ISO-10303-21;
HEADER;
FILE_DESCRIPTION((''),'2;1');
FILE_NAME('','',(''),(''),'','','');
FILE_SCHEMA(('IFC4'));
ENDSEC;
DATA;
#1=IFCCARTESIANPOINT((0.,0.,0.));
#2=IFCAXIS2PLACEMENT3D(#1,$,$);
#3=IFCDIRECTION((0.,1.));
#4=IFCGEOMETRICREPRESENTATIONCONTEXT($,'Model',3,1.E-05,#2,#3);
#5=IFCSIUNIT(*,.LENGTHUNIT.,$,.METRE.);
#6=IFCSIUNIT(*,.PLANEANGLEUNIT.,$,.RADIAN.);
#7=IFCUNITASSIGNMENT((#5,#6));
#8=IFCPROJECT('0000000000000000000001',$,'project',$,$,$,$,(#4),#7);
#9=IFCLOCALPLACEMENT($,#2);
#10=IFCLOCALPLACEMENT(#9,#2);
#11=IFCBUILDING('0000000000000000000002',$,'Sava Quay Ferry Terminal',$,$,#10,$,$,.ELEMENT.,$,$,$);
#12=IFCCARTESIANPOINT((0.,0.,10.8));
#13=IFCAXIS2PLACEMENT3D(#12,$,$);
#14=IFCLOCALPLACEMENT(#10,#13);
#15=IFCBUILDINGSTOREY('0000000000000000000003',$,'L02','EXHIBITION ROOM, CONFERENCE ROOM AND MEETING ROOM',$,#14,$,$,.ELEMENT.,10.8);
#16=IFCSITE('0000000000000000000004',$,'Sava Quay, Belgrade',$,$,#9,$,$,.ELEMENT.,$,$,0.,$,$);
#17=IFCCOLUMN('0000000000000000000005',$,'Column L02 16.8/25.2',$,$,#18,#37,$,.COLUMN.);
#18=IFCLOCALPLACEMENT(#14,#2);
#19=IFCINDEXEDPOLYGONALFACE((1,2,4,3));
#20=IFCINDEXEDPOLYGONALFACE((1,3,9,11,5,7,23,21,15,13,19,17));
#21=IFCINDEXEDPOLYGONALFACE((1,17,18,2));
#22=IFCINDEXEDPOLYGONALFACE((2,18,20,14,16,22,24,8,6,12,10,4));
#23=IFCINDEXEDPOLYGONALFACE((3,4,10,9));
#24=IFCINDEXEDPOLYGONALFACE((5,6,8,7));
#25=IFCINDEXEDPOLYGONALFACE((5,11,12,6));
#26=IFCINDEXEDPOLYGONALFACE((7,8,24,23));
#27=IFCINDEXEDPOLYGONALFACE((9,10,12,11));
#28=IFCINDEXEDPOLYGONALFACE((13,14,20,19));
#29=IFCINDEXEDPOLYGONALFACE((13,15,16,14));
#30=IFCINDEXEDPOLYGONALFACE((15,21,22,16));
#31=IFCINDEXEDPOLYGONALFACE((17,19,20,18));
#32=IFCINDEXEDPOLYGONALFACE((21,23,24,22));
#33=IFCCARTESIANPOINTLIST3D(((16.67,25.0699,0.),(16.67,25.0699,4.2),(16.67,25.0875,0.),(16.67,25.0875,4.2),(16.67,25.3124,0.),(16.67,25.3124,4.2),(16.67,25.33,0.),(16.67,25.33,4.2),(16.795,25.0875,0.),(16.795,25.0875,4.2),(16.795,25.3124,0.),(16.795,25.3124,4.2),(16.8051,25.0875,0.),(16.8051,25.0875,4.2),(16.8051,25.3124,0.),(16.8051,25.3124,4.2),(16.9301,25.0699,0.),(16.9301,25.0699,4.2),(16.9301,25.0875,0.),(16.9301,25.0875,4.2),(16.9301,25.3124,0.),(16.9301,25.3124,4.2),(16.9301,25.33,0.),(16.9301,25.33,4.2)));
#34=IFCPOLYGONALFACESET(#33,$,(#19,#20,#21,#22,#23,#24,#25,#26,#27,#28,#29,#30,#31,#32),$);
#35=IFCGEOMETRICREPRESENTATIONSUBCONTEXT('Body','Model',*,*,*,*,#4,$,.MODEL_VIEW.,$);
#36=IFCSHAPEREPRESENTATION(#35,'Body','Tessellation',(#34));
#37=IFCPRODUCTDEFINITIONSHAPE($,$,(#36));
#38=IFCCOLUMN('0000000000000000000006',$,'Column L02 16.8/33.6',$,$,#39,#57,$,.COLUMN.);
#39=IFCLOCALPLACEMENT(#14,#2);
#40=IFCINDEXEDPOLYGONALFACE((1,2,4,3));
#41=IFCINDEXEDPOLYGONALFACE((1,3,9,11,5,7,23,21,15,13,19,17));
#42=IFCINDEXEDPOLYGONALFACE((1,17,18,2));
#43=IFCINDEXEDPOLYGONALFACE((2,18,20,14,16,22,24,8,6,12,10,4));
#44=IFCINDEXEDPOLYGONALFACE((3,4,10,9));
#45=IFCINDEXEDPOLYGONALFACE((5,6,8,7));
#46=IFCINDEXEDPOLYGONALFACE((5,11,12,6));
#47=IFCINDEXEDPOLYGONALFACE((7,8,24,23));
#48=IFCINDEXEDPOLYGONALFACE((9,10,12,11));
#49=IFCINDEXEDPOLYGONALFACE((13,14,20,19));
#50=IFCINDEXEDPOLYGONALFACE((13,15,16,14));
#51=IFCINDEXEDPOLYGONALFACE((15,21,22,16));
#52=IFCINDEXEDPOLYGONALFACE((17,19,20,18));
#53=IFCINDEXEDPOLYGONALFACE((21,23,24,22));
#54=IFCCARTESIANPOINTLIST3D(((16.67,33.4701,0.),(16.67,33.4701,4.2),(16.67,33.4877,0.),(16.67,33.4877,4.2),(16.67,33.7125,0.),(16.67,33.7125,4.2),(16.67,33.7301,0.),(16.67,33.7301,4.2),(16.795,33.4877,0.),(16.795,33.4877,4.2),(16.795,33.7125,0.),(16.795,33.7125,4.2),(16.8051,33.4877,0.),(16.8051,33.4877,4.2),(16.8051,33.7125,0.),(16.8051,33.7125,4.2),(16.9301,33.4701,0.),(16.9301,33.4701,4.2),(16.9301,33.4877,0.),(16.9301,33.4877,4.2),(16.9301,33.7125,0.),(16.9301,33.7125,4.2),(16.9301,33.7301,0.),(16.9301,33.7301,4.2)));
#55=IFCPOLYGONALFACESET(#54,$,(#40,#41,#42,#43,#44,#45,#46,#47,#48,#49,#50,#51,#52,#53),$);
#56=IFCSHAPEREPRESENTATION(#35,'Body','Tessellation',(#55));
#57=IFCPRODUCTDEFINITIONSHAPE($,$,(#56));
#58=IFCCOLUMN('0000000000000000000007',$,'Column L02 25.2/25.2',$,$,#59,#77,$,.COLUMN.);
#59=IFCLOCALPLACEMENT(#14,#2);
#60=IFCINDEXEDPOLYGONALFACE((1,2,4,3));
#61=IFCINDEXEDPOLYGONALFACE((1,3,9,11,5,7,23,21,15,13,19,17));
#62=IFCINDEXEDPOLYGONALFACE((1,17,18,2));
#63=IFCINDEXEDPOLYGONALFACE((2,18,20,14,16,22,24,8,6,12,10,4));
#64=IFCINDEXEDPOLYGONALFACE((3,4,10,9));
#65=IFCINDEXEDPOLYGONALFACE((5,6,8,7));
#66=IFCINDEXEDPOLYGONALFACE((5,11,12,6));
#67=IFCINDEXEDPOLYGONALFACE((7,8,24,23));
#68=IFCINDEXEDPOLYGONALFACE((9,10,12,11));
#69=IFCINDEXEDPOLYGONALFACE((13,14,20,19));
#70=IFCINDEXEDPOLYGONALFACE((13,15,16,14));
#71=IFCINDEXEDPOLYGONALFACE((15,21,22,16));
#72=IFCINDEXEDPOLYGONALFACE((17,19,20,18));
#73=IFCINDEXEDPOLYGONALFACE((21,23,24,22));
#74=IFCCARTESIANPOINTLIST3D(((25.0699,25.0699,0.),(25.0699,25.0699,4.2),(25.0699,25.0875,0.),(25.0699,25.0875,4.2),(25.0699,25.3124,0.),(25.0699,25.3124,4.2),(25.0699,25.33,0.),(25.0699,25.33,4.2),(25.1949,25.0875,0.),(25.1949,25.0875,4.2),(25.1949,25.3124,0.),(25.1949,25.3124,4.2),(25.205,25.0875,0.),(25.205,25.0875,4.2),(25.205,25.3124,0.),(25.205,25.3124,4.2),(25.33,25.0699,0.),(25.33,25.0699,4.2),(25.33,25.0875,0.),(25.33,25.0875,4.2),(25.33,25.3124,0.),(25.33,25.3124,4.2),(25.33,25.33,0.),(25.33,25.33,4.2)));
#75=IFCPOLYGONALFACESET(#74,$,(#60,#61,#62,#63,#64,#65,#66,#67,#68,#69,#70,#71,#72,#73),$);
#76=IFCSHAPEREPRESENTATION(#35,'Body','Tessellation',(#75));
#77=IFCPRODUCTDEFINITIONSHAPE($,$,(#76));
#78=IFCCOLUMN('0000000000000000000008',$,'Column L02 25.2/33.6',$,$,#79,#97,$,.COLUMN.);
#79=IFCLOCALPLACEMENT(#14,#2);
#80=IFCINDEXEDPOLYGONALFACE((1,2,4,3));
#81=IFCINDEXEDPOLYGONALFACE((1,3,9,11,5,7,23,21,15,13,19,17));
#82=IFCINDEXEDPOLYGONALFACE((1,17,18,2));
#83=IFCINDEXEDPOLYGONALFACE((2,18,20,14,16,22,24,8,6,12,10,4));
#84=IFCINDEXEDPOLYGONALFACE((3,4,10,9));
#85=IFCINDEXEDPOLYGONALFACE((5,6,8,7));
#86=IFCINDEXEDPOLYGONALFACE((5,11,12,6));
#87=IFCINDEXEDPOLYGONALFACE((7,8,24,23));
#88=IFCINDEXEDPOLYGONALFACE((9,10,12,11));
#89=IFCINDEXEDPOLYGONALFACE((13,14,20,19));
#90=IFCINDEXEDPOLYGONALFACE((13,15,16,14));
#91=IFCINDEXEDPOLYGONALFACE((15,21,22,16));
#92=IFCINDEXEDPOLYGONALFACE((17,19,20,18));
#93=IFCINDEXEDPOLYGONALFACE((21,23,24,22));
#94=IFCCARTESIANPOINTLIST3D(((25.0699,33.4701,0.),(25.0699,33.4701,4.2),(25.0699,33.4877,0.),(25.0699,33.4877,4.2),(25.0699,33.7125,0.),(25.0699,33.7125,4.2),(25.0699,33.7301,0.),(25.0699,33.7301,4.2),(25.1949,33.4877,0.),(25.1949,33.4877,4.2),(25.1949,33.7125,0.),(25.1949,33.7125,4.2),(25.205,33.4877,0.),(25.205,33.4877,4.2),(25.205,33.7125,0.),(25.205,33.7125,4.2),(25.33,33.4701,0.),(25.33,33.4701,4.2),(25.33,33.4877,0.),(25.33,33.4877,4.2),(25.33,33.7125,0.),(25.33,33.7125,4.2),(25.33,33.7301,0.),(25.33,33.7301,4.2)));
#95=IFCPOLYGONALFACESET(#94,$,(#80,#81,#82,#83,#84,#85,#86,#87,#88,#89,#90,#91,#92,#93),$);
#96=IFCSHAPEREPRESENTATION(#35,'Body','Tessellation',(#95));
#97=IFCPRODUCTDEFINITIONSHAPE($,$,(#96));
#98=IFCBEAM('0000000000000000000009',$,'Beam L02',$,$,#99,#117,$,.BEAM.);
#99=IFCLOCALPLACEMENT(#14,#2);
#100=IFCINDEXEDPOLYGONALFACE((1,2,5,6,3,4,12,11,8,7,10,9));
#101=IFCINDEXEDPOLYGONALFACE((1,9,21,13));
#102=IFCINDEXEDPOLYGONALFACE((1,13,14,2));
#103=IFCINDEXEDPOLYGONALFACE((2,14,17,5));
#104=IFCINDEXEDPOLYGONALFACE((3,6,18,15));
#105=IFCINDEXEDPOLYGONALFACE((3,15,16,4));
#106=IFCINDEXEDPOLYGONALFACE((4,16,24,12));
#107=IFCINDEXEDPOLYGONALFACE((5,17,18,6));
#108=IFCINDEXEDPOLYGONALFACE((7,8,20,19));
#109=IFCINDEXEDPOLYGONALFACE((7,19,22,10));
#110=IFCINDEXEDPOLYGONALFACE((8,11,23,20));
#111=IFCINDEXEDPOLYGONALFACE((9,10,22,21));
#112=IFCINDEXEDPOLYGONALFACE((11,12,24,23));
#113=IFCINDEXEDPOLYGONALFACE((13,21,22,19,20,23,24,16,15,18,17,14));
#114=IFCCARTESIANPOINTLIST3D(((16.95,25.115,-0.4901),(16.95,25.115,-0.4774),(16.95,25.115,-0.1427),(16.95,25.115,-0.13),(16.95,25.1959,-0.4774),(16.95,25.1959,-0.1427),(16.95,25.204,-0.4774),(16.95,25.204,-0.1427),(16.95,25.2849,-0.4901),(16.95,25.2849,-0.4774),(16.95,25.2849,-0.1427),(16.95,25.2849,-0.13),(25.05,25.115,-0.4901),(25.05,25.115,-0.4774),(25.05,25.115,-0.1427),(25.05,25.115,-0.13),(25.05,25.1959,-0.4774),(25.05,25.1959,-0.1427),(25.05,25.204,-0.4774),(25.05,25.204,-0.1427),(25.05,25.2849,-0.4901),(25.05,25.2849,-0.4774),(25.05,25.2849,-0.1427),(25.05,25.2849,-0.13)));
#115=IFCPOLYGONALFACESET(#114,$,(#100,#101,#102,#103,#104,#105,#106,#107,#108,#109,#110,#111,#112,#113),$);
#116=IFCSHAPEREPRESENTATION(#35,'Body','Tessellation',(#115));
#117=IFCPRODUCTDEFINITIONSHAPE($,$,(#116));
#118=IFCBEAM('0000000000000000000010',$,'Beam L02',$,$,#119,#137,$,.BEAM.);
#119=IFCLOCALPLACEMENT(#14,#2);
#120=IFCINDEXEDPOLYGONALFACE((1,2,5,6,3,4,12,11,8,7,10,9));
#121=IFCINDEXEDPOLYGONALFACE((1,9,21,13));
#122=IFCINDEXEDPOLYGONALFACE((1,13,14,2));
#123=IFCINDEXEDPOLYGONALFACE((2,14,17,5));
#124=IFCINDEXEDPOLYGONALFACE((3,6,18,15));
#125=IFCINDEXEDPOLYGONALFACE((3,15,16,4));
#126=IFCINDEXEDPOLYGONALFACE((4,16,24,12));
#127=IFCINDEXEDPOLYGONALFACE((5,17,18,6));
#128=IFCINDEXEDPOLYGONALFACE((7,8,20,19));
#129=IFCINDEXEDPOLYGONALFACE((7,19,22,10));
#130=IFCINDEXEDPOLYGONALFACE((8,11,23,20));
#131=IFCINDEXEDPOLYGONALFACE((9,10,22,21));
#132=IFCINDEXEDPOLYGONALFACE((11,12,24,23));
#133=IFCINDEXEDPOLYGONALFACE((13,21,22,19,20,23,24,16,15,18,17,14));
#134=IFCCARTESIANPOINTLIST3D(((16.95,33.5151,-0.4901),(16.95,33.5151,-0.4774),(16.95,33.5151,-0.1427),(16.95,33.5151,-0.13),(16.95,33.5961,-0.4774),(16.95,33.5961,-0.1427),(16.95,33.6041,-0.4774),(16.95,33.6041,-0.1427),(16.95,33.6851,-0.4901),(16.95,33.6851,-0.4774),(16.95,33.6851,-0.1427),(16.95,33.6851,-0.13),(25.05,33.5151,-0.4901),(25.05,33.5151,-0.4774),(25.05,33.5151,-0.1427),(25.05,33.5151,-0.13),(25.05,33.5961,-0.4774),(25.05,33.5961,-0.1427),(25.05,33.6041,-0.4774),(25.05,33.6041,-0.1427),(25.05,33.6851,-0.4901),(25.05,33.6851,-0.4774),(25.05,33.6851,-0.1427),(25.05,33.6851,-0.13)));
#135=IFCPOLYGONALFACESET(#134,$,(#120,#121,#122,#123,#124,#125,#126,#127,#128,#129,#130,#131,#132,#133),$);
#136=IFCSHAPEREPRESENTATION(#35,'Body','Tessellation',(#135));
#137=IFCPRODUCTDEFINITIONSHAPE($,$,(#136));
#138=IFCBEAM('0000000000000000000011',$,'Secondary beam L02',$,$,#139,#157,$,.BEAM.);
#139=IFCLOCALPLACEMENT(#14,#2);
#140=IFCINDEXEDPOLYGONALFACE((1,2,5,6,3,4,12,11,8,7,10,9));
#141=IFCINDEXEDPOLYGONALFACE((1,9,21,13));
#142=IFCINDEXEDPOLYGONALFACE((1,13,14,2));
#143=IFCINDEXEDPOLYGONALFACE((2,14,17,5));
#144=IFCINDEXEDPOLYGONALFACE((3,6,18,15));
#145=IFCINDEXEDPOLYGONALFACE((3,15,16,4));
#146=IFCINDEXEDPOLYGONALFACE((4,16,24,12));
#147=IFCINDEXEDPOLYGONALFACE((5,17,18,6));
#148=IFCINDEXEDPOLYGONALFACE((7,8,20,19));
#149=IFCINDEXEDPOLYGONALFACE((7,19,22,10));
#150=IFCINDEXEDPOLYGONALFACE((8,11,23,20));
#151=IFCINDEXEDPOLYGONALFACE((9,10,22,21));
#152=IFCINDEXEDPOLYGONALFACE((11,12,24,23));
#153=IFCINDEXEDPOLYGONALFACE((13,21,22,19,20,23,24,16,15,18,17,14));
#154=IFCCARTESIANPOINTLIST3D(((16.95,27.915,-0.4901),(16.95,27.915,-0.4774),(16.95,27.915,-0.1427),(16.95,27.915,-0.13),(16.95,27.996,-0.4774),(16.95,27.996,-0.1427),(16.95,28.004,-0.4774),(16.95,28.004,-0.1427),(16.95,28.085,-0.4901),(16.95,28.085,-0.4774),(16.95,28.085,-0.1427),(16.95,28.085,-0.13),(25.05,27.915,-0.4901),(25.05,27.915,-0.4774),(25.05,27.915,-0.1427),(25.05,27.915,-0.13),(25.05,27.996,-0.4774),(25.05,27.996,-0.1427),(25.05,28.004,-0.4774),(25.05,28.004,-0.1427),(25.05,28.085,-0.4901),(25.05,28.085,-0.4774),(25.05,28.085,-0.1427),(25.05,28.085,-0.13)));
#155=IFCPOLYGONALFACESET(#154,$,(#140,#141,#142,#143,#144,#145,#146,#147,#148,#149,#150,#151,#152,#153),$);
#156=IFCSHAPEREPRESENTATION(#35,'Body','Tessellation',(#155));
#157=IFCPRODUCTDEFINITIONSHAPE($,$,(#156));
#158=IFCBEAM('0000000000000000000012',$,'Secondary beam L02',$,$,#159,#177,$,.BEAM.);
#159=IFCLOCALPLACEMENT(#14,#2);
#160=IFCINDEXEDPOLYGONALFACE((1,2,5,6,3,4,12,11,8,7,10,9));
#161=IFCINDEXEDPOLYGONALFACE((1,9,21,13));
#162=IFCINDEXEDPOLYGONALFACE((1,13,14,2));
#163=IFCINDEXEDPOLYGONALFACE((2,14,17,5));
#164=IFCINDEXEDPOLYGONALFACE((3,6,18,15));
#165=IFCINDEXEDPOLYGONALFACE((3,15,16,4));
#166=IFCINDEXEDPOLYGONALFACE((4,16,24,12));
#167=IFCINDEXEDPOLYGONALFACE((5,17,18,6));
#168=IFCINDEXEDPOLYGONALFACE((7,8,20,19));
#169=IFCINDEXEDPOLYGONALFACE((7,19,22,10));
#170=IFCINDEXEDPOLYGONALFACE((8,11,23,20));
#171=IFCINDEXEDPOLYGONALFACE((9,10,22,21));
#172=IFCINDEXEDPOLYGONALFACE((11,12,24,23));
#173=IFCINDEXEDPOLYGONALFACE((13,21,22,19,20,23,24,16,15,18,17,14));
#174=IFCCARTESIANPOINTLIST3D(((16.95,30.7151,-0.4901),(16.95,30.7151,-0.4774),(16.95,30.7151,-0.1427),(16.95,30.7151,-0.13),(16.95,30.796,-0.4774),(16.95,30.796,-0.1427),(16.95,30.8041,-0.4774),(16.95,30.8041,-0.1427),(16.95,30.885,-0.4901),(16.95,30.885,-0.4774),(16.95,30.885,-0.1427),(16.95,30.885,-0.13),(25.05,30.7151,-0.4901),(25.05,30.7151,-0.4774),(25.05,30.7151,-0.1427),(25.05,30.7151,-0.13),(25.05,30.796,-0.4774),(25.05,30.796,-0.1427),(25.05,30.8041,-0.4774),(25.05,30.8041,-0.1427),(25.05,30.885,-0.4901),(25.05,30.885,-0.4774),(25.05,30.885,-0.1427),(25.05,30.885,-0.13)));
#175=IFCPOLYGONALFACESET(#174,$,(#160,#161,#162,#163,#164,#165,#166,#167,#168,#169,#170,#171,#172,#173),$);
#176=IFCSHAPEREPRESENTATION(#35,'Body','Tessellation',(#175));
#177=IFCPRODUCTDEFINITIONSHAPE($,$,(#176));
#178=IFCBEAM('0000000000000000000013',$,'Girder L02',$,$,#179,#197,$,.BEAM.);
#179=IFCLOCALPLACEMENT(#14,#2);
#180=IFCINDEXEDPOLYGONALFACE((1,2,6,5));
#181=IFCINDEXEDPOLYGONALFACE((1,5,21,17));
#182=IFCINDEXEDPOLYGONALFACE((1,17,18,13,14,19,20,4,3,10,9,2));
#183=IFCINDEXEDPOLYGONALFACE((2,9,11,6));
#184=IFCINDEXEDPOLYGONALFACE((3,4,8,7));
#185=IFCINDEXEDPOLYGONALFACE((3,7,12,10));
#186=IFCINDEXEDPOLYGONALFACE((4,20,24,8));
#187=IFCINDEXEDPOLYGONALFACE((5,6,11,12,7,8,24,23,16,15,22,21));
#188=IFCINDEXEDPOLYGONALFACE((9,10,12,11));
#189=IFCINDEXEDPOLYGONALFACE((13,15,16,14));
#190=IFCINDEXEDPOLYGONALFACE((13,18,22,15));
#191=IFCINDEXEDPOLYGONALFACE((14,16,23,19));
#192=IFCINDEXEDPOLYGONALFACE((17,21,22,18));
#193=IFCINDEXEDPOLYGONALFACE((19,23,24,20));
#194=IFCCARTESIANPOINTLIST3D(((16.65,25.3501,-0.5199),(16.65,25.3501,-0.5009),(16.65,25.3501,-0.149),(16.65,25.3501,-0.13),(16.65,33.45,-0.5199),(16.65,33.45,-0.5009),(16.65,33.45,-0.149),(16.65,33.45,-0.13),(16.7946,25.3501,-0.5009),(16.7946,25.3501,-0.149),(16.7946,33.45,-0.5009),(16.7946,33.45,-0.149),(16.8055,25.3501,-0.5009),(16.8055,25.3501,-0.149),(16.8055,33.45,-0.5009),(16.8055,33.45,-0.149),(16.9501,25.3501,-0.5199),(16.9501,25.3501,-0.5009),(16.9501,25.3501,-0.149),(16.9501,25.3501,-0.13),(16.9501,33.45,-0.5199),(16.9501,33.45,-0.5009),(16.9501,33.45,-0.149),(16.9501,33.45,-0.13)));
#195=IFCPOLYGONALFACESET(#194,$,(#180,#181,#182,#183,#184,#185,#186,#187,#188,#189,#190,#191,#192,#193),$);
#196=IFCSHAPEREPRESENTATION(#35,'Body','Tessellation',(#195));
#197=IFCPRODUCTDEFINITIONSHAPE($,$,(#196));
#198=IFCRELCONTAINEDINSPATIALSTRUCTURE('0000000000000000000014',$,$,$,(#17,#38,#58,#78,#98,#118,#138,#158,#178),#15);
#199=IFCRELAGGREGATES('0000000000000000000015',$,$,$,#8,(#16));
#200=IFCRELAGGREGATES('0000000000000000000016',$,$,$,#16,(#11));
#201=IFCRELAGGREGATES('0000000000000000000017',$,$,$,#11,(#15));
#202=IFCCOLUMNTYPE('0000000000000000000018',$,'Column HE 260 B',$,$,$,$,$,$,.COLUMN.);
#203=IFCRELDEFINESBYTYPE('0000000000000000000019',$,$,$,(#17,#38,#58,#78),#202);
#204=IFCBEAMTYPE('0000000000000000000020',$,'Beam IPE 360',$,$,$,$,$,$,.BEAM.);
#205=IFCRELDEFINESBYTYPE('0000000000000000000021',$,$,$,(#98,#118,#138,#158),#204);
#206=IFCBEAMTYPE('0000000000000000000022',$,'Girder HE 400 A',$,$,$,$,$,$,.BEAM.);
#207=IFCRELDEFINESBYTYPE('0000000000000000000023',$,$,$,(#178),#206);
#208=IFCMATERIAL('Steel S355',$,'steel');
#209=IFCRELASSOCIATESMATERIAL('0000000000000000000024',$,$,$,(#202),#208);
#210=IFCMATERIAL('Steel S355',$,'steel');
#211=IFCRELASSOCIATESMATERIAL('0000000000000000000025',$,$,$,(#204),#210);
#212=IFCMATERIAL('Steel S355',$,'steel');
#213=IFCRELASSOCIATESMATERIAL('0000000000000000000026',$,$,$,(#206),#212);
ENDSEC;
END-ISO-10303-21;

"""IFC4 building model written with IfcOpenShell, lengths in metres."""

from ifc_helpers import new_model, si_unit, direction, frame, origin, origin_2d, place, context, subcontext, project, spatial, i_section, extrude, material, material_profile, profile_set, type_object, element, save


model = new_model("IFC4")

# Units and contexts
model_context = context("Model", 3, precision=1e-05, world=origin(), true_north=direction((0.0, 1.0)))
body_context = subcontext(model_context, "Body", "Model", "MODEL_VIEW")
ifc_project = project(units=[si_unit("LENGTHUNIT", "METRE"), si_unit("PLANEANGLEUNIT", "RADIAN")], contexts=[model_context])

# Site, building, storey
site_placement = place(None, origin())
site = spatial("IfcSite", under=ifc_project, at=site_placement, Name="Sava Quay, Belgrade", CompositionType="ELEMENT", RefElevation=0.0)
building_placement = place(site_placement, origin())
building = spatial("IfcBuilding", under=site, at=building_placement, Name="Sava Quay Ferry Terminal", CompositionType="ELEMENT")
storey_placement = place(building_placement, frame((0.0, 0.0, 10.8)))
storey = spatial("IfcBuildingStorey", under=building, at=storey_placement, Name="L02", Description="EXHIBITION ROOM, CONFERENCE ROOM AND MEETING ROOM", CompositionType="ELEMENT", Elevation=10.8)

# Columns
ifc_material_1 = material(Name="Steel S355", Category="steel")
ifc_material_profile_1 = material_profile(ifc_material_1, i_section(OverallWidth=0.26, OverallDepth=0.26, WebThickness=0.01, FlangeThickness=0.0176, at=origin_2d()), Name="HE 260 B")
ifc_profile_set_1 = profile_set([ifc_material_profile_1], Name="Steel S355")
column_type = type_object("IfcColumnType", Name="Column HE 260 B", PredefinedType="COLUMN", material=ifc_profile_set_1)
for number, where, z_axis, x_axis, name in (
    (1, (16.8, 25.2, 0.0), (0.0, 0.0, 1.0), (1.0, 0.0, 0.0), "Column L02 16.8/25.2"),
    (2, (16.8, 33.6001, 0.0), (0.0, 0.0, 1.0), (1.0, 0.0, 0.0), "Column L02 16.8/33.6"),
    (3, (25.2, 25.2, 0.0), (0.0, 0.0, 1.0), (1.0, 0.0, 0.0), "Column L02 25.2/25.2"),
    (4, (25.2, 33.6001, 0.0), (0.0, 0.0, 1.0), (1.0, 0.0, 0.0), "Column L02 25.2/33.6"),
):
    element("IfcColumn", number, at=place(storey_placement, frame(where, z_axis=z_axis, x_axis=x_axis)), inside=storey, type_object=column_type, Name=name, PredefinedType="COLUMN", context=body_context, shape_type="SweptSolid", body=[
        extrude(i_section(OverallWidth=0.26, OverallDepth=0.26, WebThickness=0.01, FlangeThickness=0.0176, at=origin_2d()), origin(), (0.0, 0.0, 1.0), 4.2),
    ])

# Beams
ifc_material_2 = material(Name="Steel S355", Category="steel")
ifc_material_profile_2 = material_profile(ifc_material_2, i_section(OverallWidth=0.1699, OverallDepth=0.3601, WebThickness=0.0081, FlangeThickness=0.0127, at=origin_2d()), Name="IPE 360")
ifc_profile_set_2 = profile_set([ifc_material_profile_2], Name="Steel S355")
beam_type_1 = type_object("IfcBeamType", Name="Beam IPE 360", PredefinedType="BEAM", material=ifc_profile_set_2)
for number, where, z_axis, x_axis, name in (
    (5, (16.95, 25.2, -0.3101), (1.0, 0.0, 0.0), (0.0, 1.0, 0.0), "Beam L02"),
    (6, (16.95, 33.6001, -0.3101), (1.0, 0.0, 0.0), (0.0, 1.0, 0.0), "Beam L02"),
    (7, (16.95, 28.0, -0.3101), (1.0, 0.0, 0.0), (0.0, 1.0, 0.0), "Secondary beam L02"),
    (8, (16.95, 30.8, -0.3101), (1.0, 0.0, 0.0), (0.0, 1.0, 0.0), "Secondary beam L02"),
):
    element("IfcBeam", number, at=place(storey_placement, frame(where, z_axis=z_axis, x_axis=x_axis)), inside=storey, type_object=beam_type_1, Name=name, PredefinedType="BEAM", context=body_context, shape_type="SweptSolid", body=[
        extrude(i_section(OverallWidth=0.1699, OverallDepth=0.3601, WebThickness=0.0081, FlangeThickness=0.0127, at=origin_2d()), origin(), (0.0, 0.0, 1.0), 8.1001),
    ])
ifc_material_3 = material(Name="Steel S355", Category="steel")
ifc_material_profile_3 = material_profile(ifc_material_3, i_section(OverallWidth=0.3, OverallDepth=0.3899, WebThickness=0.011, FlangeThickness=0.019, at=origin_2d()), Name="HE 400 A")
ifc_profile_set_3 = profile_set([ifc_material_profile_3], Name="Steel S355")
beam_type_2 = type_object("IfcBeamType", Name="Girder HE 400 A", PredefinedType="BEAM", material=ifc_profile_set_3)
beam_1_placement = place(storey_placement, frame((16.8, 25.3501, -0.325), z_axis=(0.0, 1.0, 0.0), x_axis=(-1.0, 0.0, 0.0)))
element("IfcBeam", 9, at=beam_1_placement, inside=storey, type_object=beam_type_2, Name="Girder L02", PredefinedType="BEAM", context=body_context, shape_type="SweptSolid", body=[
    extrude(i_section(OverallWidth=0.3, OverallDepth=0.3899, WebThickness=0.011, FlangeThickness=0.019, at=origin_2d()), origin(), (0.0, 0.0, 1.0), 8.0999),
])

save(model, "model.ifc")
